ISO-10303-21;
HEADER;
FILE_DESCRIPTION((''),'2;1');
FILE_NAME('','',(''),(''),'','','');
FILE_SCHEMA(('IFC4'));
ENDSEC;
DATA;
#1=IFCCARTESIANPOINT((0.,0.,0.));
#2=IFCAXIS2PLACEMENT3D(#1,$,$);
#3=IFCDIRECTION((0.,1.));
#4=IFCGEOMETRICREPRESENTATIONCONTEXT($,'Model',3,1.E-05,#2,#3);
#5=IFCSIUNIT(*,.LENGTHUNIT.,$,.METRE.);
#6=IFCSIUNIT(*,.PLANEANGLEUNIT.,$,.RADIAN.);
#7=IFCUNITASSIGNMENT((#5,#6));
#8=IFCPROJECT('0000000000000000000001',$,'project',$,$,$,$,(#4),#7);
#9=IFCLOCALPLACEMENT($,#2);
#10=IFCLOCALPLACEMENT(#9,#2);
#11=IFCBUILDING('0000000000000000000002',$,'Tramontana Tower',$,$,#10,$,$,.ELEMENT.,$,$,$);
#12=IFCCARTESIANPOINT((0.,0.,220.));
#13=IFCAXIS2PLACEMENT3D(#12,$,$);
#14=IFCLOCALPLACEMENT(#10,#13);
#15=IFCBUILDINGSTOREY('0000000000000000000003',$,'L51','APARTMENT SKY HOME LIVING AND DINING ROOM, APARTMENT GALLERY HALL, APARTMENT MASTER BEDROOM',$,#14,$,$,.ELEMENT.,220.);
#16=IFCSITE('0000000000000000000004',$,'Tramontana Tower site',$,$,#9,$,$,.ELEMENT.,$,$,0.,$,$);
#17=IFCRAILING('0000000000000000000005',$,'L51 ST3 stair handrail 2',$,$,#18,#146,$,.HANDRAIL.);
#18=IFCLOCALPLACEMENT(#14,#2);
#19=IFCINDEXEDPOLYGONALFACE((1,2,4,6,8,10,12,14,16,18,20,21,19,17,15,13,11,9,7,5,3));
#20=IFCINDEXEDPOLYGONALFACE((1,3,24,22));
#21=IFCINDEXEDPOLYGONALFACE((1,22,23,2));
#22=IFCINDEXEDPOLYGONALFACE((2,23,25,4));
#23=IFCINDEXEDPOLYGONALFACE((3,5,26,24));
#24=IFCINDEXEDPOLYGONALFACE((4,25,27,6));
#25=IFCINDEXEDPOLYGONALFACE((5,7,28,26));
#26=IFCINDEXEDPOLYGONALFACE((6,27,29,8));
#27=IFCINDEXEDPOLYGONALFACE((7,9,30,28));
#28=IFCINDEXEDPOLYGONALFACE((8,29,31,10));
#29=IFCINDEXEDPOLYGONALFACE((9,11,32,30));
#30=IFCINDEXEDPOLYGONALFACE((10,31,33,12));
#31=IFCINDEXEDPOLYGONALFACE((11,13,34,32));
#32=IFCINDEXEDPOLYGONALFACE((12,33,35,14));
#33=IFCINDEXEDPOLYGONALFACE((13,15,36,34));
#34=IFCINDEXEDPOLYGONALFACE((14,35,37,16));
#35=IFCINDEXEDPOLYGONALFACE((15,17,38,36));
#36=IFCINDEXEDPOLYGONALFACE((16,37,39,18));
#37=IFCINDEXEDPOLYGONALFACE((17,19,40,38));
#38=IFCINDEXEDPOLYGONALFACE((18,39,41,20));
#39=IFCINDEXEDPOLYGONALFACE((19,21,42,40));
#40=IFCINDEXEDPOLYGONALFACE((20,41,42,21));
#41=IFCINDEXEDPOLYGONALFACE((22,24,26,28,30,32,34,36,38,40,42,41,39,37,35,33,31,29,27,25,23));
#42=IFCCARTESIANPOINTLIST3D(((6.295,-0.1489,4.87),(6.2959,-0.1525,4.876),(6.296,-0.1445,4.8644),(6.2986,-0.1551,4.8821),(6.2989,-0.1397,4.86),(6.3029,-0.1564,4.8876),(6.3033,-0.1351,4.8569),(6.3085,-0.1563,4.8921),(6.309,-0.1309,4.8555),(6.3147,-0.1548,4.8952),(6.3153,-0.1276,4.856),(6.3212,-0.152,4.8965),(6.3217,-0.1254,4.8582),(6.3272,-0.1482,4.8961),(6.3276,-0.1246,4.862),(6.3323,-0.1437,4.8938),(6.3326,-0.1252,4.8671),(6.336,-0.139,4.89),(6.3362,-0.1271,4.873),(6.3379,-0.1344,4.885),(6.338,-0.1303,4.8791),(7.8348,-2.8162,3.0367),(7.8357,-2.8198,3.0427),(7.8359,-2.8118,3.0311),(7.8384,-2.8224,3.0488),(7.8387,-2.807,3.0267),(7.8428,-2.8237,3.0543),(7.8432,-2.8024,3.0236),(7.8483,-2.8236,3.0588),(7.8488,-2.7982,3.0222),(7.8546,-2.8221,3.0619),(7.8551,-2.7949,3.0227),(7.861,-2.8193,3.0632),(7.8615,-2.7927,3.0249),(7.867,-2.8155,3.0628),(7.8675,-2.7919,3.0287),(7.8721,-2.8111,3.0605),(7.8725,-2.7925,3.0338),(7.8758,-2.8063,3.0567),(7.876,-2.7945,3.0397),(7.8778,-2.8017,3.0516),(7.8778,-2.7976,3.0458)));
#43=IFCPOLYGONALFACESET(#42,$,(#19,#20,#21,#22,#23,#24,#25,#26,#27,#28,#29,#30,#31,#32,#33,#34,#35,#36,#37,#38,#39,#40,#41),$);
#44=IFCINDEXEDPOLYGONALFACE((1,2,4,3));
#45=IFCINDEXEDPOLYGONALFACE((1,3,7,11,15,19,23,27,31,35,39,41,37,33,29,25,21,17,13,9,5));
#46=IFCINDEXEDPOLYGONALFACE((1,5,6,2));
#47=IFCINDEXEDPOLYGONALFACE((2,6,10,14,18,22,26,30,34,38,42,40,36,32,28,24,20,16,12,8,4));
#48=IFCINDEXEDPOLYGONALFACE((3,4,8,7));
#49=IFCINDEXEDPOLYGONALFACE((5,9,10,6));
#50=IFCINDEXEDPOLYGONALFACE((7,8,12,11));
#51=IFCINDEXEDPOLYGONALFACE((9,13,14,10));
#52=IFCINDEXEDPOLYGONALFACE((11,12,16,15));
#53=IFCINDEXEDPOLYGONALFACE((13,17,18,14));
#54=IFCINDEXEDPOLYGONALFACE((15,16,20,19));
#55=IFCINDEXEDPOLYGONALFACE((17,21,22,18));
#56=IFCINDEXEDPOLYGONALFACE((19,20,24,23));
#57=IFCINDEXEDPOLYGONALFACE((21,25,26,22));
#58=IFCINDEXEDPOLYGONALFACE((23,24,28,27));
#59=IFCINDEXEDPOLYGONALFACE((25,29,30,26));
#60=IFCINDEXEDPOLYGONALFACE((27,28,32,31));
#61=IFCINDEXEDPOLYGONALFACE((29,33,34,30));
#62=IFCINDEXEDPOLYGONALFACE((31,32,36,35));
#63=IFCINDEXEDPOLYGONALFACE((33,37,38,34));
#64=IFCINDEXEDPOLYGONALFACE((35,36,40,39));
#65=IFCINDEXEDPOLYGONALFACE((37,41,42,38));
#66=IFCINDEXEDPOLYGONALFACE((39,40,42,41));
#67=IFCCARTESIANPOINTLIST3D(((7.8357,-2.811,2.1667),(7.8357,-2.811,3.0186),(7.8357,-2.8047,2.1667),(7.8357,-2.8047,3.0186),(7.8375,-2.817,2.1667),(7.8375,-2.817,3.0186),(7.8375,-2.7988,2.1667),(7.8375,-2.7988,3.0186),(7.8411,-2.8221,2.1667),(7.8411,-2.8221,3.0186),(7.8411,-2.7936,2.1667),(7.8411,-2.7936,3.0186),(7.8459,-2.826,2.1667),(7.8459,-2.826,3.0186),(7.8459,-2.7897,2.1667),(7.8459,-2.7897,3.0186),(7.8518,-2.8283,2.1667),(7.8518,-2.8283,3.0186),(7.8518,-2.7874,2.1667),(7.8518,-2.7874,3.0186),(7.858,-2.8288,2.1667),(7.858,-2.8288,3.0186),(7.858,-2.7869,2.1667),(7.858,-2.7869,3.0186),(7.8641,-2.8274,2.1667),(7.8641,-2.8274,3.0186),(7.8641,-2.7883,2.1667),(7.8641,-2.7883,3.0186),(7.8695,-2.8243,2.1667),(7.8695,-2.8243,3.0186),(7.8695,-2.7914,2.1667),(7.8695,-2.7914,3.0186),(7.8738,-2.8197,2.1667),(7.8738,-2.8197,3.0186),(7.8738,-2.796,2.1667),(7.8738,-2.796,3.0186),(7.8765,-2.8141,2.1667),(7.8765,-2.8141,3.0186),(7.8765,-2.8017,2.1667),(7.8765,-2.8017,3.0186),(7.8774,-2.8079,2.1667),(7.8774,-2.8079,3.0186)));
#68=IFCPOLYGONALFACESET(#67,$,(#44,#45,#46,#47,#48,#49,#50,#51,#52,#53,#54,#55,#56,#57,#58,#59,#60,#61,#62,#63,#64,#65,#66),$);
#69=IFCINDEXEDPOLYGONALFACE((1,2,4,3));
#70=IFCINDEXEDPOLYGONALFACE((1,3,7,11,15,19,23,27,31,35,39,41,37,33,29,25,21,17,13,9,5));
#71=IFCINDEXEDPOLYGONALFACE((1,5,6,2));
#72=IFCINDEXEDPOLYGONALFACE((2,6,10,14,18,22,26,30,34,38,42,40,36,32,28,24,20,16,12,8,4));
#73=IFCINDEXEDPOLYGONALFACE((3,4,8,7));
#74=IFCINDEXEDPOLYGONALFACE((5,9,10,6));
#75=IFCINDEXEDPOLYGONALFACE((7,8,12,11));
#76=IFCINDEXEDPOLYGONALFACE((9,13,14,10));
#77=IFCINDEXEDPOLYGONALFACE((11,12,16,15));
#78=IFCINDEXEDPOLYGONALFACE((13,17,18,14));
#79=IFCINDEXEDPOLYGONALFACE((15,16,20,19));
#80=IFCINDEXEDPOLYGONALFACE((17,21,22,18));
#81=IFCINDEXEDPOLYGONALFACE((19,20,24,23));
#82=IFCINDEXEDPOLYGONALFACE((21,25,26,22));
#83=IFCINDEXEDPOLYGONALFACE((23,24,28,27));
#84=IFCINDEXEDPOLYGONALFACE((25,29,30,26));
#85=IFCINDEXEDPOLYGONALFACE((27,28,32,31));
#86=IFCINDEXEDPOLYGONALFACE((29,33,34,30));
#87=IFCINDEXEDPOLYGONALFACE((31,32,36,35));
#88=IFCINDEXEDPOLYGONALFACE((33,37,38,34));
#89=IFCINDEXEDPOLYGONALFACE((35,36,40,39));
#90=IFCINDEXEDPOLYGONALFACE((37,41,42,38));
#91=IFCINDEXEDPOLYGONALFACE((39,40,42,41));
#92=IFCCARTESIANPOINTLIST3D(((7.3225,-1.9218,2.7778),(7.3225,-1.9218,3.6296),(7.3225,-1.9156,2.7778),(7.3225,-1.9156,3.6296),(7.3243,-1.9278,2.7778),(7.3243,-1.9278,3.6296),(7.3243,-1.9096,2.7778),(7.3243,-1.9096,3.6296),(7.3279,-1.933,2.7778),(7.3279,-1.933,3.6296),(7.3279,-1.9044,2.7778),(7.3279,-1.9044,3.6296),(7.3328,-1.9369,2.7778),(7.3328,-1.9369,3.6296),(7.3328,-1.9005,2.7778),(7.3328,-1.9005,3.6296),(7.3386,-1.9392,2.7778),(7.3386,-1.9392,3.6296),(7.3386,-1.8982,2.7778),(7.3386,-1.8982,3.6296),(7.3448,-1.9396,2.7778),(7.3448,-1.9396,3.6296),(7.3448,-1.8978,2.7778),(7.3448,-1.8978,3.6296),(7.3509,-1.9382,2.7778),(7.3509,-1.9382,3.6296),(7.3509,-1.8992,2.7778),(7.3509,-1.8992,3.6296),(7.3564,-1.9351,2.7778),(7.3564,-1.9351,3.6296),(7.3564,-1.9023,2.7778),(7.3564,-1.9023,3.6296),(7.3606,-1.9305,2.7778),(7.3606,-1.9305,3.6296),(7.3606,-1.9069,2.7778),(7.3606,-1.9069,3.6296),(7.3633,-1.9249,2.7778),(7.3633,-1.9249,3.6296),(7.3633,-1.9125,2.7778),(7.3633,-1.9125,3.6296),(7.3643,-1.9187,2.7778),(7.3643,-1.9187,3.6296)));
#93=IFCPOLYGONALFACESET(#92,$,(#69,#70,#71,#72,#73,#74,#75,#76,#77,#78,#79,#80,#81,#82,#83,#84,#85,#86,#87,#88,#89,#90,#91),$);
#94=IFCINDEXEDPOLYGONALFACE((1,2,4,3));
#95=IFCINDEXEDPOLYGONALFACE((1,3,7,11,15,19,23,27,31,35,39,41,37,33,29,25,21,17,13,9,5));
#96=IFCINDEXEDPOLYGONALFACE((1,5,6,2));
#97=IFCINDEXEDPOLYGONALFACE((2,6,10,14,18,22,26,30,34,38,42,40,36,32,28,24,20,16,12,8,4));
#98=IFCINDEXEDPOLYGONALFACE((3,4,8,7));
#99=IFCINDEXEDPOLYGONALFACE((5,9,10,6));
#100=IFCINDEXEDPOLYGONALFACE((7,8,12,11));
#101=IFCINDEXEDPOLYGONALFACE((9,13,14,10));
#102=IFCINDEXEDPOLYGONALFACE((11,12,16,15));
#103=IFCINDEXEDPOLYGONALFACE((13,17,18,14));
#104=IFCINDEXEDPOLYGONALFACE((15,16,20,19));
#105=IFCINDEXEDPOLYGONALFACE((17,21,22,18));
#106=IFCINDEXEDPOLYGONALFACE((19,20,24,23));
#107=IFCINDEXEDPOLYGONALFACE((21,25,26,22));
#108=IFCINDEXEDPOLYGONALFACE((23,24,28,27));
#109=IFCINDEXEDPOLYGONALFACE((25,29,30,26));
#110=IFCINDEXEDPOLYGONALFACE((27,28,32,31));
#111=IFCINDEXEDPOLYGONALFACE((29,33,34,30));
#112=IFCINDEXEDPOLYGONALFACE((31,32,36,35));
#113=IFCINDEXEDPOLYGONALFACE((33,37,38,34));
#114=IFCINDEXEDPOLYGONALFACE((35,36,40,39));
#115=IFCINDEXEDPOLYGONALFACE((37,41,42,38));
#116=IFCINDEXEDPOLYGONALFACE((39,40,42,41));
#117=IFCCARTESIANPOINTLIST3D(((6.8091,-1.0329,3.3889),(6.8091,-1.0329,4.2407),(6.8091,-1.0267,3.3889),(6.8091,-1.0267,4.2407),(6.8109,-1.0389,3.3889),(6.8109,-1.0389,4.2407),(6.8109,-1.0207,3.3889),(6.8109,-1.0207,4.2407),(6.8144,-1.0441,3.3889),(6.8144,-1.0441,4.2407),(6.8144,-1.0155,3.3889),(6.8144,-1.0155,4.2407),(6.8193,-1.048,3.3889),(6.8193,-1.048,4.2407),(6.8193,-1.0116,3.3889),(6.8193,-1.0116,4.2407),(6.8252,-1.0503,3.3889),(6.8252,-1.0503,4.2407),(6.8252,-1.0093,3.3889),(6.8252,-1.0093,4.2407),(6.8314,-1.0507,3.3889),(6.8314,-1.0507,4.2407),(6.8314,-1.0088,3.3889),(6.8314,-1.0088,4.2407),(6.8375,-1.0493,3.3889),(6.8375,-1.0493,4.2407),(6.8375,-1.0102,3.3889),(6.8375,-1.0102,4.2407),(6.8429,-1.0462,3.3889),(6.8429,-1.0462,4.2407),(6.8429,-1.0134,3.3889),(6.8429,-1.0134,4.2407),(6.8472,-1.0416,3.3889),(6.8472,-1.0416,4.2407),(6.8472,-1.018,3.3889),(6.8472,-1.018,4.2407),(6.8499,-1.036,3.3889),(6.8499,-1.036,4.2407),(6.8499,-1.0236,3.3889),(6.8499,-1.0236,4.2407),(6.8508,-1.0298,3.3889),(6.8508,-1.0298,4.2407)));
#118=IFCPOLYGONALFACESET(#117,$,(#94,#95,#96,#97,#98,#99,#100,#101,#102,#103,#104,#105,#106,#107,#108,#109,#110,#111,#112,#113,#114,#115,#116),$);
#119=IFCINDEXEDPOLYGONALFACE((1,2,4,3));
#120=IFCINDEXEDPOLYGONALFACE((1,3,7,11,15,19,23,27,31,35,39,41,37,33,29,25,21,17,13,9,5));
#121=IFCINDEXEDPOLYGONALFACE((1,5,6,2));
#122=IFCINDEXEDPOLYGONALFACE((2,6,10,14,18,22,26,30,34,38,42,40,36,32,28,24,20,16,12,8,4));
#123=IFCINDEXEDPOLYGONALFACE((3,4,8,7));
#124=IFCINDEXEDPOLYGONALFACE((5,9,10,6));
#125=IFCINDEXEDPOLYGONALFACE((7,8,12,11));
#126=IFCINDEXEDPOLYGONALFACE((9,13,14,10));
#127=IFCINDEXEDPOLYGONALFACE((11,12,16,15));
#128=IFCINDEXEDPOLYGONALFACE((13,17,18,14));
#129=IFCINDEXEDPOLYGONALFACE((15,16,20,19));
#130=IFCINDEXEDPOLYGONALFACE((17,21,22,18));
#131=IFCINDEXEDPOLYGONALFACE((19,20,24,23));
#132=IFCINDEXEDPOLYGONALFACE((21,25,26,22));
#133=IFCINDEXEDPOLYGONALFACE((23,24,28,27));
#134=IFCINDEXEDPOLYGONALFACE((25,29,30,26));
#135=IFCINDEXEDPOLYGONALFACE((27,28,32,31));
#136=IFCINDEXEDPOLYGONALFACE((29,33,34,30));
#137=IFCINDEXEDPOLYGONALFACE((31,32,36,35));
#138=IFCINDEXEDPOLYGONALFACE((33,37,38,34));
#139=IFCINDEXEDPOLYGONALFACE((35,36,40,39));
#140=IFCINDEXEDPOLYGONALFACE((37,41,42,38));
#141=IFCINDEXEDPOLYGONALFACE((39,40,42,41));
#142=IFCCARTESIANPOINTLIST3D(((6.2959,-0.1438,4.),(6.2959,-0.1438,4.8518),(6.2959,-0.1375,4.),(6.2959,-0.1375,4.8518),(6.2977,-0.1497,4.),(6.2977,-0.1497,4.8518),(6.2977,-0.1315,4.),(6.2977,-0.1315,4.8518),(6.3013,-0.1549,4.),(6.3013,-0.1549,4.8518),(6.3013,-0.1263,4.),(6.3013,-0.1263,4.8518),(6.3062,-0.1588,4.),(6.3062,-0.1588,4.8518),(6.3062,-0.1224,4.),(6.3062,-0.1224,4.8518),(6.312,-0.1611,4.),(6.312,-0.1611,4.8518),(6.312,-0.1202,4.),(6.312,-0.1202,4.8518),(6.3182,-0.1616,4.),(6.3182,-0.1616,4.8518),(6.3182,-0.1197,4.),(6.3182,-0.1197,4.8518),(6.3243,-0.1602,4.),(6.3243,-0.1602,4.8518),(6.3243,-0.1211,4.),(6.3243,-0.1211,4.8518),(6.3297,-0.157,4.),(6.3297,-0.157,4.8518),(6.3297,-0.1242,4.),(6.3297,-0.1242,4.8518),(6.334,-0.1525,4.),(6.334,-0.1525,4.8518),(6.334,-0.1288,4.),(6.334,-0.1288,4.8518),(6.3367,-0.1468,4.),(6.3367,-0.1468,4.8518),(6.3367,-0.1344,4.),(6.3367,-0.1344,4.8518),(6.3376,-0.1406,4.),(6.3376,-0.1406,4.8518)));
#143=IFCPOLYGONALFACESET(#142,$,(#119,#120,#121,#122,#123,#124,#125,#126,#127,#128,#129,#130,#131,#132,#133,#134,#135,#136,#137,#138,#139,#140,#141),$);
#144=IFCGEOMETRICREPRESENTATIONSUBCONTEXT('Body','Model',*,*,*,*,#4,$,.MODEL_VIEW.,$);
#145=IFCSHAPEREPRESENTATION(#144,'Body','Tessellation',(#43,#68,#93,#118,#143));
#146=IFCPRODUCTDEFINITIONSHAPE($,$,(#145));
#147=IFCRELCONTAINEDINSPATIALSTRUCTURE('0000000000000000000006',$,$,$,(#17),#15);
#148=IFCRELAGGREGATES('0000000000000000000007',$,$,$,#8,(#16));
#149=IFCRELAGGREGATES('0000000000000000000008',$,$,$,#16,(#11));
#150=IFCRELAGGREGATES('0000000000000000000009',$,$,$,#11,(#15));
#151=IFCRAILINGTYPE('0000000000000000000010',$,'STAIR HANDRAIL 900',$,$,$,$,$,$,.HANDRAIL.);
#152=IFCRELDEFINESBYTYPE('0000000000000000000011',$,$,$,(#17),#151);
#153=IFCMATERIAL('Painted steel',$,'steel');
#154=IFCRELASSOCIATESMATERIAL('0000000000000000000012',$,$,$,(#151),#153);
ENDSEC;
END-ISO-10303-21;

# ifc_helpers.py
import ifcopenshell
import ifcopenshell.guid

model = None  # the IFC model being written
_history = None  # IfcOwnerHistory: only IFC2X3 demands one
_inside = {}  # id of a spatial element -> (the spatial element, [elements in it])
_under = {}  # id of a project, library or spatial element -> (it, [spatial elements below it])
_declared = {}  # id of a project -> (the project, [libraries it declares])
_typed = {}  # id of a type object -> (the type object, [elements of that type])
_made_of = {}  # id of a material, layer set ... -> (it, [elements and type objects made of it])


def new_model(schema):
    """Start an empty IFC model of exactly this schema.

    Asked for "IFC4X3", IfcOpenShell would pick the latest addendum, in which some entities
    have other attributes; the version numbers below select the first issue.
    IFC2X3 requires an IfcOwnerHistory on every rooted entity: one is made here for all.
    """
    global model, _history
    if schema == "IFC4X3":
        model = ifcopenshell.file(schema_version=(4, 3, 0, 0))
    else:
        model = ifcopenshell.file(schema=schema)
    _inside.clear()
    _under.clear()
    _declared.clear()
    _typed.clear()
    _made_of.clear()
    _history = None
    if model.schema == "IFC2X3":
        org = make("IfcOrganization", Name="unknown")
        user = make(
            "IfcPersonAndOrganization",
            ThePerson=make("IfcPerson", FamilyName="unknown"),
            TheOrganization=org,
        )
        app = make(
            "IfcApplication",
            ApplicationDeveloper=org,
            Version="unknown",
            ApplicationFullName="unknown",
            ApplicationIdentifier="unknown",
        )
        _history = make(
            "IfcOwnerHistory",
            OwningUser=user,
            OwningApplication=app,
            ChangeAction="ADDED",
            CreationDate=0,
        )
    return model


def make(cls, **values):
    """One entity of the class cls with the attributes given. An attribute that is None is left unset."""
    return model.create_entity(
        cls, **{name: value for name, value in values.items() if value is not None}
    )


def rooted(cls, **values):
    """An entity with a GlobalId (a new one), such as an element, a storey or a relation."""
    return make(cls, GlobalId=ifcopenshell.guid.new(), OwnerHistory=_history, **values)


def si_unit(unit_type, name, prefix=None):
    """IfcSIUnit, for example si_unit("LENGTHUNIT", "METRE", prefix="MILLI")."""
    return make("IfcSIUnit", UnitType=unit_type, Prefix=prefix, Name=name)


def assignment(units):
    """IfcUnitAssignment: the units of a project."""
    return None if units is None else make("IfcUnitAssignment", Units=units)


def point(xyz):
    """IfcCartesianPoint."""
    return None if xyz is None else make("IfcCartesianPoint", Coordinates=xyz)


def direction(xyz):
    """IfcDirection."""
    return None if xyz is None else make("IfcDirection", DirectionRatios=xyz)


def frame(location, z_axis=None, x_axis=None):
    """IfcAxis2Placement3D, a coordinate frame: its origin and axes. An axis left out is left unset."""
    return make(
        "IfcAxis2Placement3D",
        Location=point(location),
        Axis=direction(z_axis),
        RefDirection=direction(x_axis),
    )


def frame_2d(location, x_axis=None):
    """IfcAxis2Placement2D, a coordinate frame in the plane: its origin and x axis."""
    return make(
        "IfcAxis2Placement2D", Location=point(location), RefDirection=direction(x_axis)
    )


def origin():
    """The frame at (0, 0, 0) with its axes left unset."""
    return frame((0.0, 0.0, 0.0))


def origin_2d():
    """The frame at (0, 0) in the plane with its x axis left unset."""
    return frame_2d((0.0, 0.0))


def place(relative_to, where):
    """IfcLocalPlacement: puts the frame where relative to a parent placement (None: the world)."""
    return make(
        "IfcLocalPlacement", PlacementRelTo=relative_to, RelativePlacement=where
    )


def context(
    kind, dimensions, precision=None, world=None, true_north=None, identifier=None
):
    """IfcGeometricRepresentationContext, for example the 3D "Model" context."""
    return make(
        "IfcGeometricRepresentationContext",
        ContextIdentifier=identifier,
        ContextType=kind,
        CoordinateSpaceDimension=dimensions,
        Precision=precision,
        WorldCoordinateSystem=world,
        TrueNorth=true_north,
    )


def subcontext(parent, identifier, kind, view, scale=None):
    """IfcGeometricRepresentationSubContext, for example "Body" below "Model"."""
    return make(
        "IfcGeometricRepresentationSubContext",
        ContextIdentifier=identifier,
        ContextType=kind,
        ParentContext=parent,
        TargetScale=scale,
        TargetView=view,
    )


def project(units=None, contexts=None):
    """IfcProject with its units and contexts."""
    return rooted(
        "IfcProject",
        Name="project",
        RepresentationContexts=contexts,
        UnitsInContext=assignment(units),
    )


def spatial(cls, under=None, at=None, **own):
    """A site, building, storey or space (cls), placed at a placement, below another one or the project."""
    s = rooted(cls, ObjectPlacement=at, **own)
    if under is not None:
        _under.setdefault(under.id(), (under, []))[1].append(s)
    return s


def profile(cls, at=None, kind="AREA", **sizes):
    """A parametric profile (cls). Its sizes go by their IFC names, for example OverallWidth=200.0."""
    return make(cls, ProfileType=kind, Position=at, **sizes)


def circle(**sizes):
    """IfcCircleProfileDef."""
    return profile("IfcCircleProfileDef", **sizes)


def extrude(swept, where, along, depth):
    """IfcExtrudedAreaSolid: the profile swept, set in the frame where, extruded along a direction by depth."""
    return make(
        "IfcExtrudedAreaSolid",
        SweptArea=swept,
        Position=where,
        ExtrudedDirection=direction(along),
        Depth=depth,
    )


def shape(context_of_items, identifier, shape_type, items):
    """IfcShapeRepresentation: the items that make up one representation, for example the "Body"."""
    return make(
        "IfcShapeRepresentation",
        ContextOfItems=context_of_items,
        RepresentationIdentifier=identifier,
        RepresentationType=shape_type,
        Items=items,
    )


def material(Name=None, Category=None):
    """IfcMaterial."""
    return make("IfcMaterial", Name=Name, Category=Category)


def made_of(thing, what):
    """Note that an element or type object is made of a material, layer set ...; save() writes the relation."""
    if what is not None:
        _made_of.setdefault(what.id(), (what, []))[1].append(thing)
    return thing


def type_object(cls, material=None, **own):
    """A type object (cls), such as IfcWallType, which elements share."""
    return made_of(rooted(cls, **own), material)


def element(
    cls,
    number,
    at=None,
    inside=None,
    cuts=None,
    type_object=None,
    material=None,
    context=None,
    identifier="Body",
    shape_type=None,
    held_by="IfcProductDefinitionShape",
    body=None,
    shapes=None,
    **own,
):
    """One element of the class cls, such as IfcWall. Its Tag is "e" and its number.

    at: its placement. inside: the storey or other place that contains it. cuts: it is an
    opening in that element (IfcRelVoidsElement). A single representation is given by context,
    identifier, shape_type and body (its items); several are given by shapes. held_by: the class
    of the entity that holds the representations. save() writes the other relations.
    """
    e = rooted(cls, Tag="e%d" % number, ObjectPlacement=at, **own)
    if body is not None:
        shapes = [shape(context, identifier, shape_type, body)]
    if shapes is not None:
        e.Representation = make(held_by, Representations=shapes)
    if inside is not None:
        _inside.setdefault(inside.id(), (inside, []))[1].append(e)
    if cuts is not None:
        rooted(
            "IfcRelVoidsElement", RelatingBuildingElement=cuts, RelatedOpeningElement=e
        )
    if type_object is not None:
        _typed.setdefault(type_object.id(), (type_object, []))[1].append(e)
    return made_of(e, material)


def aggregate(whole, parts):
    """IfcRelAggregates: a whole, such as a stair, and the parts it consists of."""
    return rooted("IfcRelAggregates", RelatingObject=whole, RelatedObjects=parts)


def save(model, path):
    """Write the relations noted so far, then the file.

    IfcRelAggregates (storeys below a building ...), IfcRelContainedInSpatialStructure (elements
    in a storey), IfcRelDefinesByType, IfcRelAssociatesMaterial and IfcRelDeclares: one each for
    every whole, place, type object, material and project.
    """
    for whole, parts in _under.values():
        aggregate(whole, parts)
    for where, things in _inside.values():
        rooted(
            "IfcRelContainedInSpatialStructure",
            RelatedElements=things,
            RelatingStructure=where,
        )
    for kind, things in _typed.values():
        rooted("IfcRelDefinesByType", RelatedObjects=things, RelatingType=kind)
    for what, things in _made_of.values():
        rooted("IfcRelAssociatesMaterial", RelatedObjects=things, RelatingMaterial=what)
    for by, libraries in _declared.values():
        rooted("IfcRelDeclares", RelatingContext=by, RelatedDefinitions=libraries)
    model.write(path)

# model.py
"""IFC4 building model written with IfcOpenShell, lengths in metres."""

from ifc_helpers import new_model, si_unit, direction, frame, origin, origin_2d, place, context, subcontext, project, spatial, circle, extrude, material, type_object, element, save


model = new_model("IFC4")

# Units and contexts
model_context = context("Model", 3, precision=1e-05, world=origin(), true_north=direction((0.0, 1.0)))
body_context = subcontext(model_context, "Body", "Model", "MODEL_VIEW")
ifc_project = project(units=[si_unit("LENGTHUNIT", "METRE"), si_unit("PLANEANGLEUNIT", "RADIAN")], contexts=[model_context])

# Site, building, storey
site_placement = place(None, origin())
site = spatial("IfcSite", under=ifc_project, at=site_placement, Name="Tramontana Tower site", CompositionType="ELEMENT", RefElevation=0.0)
building_placement = place(site_placement, origin())
building = spatial("IfcBuilding", under=site, at=building_placement, Name="Tramontana Tower", CompositionType="ELEMENT")
storey_placement = place(building_placement, frame((0.0, 0.0, 220.0)))
storey = spatial("IfcBuildingStorey", under=building, at=storey_placement, Name="L51", Description="APARTMENT SKY HOME LIVING AND DINING ROOM, APARTMENT GALLERY HALL, APARTMENT MASTER BEDROOM", CompositionType="ELEMENT", Elevation=220.0)

# Railing
ifc_material_1 = material(Name="Painted steel", Category="steel")
railing_type_1 = type_object("IfcRailingType", Name="STAIR HANDRAIL 900", PredefinedType="HANDRAIL", material=ifc_material_1)
railing_1_placement = place(storey_placement, frame((7.8564, -2.8079, 2.1667)))
element("IfcRailing", 1, at=railing_1_placement, inside=storey, type_object=railing_type_1, Name="L51 ST3 stair handrail 2", PredefinedType="HANDRAIL", context=body_context, shape_type="SweptSolid", body=[
    extrude(circle(Radius=0.0239, at=origin_2d()), frame((0.0, 0.0, 0.876), z_axis=(-0.429616, 0.744181, 0.511493), x_axis=(-0.866044, -0.499967, 0.0)), (0.0, 0.0, 1.0), 3.5842),
    extrude(circle(Radius=0.021, at=origin_2d()), origin(), (0.0, 0.0, 1.0), 0.8518),
    extrude(circle(Radius=0.021, at=origin_2d()), frame((-0.5132, 0.8892, 0.6111)), (0.0, 0.0, 1.0), 0.8518),
    extrude(circle(Radius=0.021, at=origin_2d()), frame((-1.0266, 1.7781, 1.2222)), (0.0, 0.0, 1.0), 0.8518),
    extrude(circle(Radius=0.021, at=origin_2d()), frame((-1.5398, 2.6672, 1.8333)), (0.0, 0.0, 1.0), 0.8518),
])

save(model, "model.ifc")
